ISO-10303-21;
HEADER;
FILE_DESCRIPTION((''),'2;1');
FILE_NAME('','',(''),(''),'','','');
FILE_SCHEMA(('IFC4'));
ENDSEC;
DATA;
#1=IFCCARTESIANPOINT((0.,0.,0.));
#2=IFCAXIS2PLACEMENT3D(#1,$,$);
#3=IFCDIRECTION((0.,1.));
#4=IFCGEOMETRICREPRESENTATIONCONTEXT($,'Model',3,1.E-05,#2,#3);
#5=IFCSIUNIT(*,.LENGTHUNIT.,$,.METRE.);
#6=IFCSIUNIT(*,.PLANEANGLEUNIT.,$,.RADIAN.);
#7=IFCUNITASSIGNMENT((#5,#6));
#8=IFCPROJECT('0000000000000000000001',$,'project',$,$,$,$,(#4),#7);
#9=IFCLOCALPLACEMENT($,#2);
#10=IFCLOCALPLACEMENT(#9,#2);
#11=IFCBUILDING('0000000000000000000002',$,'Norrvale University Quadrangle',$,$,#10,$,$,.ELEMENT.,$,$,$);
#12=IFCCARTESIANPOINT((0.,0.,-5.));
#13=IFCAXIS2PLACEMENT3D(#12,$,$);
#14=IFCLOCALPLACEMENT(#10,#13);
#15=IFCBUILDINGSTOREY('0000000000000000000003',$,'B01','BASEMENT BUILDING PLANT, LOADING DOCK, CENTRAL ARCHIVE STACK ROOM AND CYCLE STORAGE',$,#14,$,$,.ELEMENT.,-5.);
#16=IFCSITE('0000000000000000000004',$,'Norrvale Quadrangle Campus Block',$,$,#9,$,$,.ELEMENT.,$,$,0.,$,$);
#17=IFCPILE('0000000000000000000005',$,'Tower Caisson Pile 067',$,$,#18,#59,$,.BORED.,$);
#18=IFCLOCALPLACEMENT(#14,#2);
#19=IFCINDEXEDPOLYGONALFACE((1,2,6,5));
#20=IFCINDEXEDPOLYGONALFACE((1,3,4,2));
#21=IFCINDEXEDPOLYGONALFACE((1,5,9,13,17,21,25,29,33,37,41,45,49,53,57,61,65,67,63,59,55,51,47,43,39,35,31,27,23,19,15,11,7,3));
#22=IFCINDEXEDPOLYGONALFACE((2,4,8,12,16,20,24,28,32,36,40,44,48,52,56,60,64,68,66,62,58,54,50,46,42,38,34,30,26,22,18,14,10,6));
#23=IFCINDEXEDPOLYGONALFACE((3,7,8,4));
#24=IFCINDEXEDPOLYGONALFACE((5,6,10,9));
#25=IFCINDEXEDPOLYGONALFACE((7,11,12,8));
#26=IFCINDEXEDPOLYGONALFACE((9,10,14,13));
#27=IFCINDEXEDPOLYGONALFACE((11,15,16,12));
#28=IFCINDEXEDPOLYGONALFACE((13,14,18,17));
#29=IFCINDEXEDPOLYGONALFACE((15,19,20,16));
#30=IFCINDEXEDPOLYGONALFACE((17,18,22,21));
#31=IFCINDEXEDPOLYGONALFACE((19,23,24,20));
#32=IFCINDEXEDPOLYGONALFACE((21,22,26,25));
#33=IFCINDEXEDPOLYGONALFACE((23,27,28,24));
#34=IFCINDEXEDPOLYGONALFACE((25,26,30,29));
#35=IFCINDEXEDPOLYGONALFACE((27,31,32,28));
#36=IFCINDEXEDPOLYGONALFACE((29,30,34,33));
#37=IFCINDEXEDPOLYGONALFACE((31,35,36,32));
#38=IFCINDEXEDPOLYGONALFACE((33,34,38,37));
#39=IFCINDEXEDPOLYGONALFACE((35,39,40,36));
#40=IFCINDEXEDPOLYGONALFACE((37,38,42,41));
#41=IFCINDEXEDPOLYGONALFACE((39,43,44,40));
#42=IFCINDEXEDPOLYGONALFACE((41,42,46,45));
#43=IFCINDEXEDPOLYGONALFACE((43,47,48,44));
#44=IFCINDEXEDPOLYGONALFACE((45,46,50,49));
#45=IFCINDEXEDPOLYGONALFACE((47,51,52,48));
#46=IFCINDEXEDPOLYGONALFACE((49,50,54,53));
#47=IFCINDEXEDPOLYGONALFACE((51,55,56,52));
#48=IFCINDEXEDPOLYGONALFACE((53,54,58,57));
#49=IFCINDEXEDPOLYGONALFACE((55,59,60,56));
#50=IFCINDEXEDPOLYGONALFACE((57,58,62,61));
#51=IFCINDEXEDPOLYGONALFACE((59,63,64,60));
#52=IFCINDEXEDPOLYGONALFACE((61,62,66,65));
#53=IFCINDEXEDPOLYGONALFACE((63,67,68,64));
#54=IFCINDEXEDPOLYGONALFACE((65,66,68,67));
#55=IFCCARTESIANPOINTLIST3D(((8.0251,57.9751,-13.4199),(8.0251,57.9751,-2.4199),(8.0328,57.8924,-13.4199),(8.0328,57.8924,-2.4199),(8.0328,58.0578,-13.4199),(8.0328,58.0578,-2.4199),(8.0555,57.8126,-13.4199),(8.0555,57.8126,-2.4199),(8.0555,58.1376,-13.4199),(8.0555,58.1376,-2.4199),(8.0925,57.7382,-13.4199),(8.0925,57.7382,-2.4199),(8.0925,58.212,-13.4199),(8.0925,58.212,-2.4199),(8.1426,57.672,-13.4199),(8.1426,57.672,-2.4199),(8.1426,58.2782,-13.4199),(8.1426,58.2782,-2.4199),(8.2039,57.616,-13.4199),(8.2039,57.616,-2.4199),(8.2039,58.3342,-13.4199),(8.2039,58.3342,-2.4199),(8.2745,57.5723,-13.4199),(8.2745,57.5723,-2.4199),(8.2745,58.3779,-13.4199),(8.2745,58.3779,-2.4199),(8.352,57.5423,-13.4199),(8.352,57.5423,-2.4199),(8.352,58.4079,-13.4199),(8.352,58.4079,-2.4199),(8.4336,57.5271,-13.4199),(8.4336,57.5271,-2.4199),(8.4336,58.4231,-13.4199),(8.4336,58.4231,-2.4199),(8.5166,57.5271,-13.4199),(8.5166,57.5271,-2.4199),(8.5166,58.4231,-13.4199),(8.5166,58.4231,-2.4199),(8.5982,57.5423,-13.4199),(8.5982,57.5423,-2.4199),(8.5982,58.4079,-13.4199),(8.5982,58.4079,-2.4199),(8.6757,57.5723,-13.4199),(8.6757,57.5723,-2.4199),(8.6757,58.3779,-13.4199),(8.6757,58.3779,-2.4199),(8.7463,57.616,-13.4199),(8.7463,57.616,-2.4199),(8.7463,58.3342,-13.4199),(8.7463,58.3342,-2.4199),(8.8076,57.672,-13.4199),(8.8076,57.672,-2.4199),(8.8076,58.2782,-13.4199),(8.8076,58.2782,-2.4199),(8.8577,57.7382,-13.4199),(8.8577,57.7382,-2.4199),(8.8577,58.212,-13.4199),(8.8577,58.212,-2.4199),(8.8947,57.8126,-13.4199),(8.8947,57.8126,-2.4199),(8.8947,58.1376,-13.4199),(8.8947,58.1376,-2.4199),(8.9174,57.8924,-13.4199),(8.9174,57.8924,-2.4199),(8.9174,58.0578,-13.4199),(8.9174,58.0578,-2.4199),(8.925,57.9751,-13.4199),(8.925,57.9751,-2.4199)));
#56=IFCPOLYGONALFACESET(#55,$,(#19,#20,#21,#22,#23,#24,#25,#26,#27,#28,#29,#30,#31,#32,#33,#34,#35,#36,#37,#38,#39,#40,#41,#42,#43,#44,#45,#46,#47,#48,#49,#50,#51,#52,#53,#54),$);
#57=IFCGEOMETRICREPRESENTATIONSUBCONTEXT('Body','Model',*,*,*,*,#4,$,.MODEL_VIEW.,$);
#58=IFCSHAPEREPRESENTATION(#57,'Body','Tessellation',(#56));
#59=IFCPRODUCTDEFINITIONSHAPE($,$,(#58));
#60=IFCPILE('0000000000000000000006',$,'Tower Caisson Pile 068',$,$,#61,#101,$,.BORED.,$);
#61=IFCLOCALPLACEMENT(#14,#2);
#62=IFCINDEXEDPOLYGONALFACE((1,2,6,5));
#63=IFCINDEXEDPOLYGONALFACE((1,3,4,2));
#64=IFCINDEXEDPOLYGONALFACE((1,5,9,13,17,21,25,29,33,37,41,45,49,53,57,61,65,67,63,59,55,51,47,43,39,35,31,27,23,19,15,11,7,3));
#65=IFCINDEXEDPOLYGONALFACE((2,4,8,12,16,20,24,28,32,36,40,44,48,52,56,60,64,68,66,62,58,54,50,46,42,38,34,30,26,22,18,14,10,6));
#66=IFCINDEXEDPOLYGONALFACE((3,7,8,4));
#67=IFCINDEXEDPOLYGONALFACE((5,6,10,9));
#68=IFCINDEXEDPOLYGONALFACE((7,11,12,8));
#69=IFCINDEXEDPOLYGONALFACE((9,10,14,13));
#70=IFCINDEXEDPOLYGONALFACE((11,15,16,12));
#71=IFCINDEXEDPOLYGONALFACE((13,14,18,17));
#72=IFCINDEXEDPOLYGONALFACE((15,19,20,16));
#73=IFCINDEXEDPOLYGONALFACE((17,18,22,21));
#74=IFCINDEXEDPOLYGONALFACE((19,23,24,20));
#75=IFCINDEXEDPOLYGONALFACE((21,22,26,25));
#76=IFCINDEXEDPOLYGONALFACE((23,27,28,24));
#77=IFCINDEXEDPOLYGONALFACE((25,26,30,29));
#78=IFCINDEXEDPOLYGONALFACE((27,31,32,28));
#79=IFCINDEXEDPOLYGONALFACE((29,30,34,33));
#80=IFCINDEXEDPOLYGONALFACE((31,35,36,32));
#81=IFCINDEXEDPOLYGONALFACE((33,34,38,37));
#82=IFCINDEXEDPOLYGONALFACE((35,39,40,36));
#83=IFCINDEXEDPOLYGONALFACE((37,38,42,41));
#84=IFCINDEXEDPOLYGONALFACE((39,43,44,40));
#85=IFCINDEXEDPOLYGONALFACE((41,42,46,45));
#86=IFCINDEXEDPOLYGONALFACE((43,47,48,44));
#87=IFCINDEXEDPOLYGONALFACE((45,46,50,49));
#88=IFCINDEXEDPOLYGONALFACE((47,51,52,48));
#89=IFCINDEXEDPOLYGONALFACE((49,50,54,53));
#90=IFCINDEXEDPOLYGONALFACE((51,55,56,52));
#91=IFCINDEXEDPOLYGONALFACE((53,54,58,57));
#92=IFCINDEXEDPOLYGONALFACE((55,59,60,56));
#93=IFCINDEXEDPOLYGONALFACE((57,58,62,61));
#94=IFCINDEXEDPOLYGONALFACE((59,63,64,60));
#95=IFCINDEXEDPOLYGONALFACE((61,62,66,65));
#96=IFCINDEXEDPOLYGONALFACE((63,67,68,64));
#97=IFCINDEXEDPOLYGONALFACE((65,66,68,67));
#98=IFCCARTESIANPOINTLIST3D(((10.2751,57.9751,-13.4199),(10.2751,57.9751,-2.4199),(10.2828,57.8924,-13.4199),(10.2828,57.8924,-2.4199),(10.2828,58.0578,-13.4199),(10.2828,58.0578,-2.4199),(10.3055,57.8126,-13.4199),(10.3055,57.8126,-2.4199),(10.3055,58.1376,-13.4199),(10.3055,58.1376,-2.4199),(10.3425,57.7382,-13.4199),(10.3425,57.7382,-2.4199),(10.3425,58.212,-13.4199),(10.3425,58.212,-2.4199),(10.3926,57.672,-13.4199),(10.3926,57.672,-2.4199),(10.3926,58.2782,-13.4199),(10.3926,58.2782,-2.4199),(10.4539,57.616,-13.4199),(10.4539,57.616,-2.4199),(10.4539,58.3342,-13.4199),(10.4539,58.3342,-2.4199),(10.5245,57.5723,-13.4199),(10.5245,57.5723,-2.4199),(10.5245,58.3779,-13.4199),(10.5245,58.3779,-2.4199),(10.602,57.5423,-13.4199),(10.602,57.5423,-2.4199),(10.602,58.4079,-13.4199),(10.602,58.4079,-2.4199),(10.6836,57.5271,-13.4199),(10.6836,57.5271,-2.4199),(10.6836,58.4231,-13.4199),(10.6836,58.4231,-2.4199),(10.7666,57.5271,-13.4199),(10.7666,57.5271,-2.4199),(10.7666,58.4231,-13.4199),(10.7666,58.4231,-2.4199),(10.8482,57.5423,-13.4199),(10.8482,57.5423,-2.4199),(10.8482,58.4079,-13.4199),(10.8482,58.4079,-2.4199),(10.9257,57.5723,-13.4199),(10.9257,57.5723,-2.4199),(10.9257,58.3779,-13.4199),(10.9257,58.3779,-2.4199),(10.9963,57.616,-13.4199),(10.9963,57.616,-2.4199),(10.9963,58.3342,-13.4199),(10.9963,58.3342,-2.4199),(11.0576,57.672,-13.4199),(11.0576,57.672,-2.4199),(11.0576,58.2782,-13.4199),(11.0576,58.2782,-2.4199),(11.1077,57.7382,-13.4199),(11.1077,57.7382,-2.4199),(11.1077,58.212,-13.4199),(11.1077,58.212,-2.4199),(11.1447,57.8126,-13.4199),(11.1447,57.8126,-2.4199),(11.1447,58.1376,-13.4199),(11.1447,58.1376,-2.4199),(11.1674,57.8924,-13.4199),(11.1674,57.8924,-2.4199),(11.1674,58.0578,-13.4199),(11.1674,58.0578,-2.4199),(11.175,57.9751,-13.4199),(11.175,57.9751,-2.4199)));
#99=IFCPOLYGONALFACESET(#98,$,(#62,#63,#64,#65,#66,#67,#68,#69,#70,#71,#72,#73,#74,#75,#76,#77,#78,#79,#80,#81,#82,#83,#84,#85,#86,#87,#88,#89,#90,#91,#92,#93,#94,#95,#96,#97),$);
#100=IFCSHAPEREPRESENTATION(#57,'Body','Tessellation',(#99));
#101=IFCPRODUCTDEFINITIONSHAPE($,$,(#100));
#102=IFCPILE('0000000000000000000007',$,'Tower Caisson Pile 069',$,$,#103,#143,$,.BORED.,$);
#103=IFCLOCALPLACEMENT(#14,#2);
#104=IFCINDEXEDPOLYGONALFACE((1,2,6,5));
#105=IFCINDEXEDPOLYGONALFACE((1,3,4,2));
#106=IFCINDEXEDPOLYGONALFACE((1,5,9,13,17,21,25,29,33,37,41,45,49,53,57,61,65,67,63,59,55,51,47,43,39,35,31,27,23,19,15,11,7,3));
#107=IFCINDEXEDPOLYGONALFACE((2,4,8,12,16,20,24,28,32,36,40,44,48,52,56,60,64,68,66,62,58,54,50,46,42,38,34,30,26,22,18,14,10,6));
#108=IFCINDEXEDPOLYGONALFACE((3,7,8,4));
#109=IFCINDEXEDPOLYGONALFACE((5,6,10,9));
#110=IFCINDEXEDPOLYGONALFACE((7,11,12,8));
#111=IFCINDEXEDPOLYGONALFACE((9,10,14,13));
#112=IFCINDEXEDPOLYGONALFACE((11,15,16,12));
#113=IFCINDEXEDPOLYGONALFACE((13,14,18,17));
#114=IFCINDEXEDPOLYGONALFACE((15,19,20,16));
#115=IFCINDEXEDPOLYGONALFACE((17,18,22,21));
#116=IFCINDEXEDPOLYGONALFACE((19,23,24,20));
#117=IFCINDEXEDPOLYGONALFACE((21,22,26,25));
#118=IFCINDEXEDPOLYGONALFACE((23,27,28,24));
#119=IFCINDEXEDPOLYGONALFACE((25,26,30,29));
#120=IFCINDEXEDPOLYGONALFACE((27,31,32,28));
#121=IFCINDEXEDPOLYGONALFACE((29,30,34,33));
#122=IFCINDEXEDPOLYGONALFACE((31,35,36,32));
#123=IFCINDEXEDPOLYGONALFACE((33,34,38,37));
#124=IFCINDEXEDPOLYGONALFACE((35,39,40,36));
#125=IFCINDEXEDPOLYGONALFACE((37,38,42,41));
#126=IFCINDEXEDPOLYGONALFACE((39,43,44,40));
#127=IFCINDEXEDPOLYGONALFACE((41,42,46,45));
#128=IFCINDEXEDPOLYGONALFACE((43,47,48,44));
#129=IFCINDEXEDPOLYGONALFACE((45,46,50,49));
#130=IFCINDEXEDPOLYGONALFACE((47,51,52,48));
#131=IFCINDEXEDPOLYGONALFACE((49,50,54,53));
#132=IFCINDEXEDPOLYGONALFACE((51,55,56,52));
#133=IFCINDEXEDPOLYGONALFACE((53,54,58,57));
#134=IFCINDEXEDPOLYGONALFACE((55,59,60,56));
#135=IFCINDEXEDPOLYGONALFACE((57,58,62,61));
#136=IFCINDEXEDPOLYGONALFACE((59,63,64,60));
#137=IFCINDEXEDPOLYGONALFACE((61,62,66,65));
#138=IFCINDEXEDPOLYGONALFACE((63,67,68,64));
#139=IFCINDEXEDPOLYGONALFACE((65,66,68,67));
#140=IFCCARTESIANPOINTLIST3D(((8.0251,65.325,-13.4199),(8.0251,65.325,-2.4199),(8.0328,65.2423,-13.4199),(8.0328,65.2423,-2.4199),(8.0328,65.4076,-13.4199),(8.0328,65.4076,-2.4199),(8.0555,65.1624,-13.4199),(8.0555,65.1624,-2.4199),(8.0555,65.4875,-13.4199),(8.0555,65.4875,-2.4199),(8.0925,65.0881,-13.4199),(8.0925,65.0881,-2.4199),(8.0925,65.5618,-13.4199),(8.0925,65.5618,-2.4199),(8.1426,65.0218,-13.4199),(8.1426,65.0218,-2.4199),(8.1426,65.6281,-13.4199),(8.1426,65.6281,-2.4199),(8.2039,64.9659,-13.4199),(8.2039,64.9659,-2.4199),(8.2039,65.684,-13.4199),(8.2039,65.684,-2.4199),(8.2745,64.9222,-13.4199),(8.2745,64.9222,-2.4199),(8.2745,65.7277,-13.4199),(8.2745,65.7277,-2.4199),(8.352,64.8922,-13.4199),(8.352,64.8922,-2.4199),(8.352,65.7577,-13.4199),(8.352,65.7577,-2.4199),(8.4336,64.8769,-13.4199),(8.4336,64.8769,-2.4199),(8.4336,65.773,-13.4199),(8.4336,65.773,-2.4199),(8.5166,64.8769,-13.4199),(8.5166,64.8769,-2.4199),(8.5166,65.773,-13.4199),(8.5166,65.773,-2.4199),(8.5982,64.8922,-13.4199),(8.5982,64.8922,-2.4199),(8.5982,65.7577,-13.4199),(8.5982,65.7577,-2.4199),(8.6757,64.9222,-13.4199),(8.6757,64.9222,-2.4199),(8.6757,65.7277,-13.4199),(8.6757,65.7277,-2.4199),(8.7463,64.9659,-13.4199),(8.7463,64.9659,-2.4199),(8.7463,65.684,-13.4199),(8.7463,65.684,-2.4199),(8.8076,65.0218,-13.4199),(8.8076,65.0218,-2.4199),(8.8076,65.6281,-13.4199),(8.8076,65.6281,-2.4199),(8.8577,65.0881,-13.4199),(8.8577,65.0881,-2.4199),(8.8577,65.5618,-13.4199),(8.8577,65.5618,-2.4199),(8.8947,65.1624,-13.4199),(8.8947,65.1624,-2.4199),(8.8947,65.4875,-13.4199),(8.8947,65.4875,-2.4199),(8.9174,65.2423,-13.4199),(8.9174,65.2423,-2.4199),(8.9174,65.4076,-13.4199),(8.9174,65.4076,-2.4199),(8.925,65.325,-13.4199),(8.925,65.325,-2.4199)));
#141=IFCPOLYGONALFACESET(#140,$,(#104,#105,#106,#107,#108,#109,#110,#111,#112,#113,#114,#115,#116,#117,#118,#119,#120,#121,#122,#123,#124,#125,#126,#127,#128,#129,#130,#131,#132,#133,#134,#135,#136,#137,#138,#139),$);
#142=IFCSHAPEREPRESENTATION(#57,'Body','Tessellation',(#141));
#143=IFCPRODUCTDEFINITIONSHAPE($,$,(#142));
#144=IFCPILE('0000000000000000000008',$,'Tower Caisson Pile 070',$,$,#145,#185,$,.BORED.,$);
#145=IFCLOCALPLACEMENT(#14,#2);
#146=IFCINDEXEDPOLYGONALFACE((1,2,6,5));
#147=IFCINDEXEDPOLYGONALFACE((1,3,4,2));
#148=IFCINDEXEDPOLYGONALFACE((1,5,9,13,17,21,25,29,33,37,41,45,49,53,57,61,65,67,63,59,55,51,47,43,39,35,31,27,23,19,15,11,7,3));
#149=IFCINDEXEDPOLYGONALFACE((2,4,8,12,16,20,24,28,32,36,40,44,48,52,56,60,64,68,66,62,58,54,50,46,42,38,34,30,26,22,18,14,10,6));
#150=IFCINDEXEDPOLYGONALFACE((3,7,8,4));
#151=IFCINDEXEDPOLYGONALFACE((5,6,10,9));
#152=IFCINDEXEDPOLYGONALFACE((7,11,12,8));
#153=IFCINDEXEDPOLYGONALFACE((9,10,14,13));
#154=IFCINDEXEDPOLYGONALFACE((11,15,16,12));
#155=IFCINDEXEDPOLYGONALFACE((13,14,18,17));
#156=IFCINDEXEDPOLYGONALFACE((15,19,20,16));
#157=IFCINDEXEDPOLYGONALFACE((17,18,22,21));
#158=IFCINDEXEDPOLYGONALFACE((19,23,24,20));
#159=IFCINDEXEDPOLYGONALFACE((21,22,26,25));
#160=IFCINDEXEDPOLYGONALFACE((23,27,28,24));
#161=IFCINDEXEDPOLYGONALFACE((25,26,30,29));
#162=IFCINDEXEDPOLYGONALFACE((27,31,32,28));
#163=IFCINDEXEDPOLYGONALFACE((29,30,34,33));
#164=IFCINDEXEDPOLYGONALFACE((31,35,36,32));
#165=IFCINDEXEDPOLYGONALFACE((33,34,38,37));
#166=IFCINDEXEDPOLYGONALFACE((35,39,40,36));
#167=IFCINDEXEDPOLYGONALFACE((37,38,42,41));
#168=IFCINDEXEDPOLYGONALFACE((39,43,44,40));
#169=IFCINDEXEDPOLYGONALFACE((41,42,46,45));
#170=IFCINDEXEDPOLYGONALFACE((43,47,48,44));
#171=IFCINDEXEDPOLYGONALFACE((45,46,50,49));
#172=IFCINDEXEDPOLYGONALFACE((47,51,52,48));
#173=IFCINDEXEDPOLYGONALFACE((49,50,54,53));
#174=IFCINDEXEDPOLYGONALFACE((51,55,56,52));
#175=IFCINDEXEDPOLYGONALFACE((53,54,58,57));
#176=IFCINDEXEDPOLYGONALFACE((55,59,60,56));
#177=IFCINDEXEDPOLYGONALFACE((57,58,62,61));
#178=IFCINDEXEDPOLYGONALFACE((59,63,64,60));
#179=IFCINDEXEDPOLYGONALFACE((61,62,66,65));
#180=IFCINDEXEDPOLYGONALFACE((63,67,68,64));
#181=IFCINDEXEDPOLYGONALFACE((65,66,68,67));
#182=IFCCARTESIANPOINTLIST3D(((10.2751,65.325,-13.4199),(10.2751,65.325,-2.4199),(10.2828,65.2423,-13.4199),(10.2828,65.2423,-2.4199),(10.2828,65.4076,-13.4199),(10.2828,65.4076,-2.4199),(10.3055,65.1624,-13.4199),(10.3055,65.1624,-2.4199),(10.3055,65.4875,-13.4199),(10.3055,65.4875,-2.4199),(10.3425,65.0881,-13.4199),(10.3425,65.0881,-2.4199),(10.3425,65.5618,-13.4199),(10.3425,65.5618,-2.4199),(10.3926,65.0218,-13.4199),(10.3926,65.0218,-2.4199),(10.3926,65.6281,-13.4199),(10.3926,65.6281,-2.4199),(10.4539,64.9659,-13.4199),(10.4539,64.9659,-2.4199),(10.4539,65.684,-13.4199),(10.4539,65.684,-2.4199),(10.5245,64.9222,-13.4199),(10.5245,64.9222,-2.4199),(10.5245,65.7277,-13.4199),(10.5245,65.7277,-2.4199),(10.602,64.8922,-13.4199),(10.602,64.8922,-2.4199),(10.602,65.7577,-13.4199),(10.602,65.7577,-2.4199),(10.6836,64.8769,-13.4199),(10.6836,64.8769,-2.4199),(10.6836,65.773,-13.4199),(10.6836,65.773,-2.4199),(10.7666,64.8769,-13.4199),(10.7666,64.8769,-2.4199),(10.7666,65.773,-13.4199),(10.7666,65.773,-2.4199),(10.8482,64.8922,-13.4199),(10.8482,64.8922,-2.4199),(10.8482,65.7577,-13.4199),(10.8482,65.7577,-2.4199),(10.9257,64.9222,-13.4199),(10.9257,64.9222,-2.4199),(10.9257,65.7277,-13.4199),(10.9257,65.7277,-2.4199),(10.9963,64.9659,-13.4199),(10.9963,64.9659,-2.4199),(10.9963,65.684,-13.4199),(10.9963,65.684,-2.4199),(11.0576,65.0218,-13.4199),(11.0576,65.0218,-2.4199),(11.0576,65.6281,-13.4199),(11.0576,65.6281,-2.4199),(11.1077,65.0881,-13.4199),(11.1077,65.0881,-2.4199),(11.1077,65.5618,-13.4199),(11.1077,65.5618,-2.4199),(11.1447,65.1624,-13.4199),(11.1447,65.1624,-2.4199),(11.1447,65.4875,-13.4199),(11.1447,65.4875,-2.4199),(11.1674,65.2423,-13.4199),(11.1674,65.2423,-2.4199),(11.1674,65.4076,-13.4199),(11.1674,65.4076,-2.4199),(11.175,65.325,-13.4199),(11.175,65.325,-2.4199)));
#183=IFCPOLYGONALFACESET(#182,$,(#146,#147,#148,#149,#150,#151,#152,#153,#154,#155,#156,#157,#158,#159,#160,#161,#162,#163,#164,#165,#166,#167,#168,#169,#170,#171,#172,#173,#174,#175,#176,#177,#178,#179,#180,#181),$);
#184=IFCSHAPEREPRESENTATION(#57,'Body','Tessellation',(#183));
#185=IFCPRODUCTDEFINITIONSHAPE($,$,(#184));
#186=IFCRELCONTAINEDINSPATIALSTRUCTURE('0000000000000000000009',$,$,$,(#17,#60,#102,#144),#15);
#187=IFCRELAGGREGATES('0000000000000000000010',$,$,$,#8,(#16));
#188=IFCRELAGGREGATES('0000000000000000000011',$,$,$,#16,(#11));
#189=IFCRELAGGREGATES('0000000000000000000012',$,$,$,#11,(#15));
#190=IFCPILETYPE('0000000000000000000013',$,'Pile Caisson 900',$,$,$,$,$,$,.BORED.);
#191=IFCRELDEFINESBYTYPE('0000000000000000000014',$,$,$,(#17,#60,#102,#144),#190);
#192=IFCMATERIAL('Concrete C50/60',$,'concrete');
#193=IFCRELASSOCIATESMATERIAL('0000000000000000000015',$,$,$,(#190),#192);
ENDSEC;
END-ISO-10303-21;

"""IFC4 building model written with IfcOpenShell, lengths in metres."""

from ifc_helpers import new_model, si_unit, direction, frame, origin, origin_2d, place, context, subcontext, project, spatial, circle, extrude, material, material_profile, profile_set, type_object, element, save


model = new_model("IFC4")

# Units and contexts
model_context = context("Model", 3, precision=1e-05, world=origin(), true_north=direction((0.0, 1.0)))
body_context = subcontext(model_context, "Body", "Model", "MODEL_VIEW")
ifc_project = project(units=[si_unit("LENGTHUNIT", "METRE"), si_unit("PLANEANGLEUNIT", "RADIAN")], contexts=[model_context])

# Site, building, storey
site_placement = place(None, origin())
site = spatial("IfcSite", under=ifc_project, at=site_placement, Name="Norrvale Quadrangle Campus Block", CompositionType="ELEMENT", RefElevation=0.0)
building_placement = place(site_placement, origin())
building = spatial("IfcBuilding", under=site, at=building_placement, Name="Norrvale University Quadrangle", CompositionType="ELEMENT")
storey_placement = place(building_placement, frame((0.0, 0.0, -5.0)))
storey = spatial("IfcBuildingStorey", under=building, at=storey_placement, Name="B01", Description="BASEMENT BUILDING PLANT, LOADING DOCK, CENTRAL ARCHIVE STACK ROOM AND CYCLE STORAGE", CompositionType="ELEMENT", Elevation=-5.0)

# Shared definitions
ifc_material_1 = material(Name="Concrete C50/60", Category="concrete")

# Piles
ifc_material_profile_1 = material_profile(ifc_material_1, circle(Radius=0.45, at=origin_2d()), Name="Concrete C50/60")
ifc_profile_set_1 = profile_set([ifc_material_profile_1], Name="Concrete C50/60")
pile_type = type_object("IfcPileType", Name="Pile Caisson 900", PredefinedType="BORED", material=ifc_profile_set_1)
for number, where, z_axis, x_axis, name in (
    (1, (8.4751, 57.9751, -2.4199), (0.0, 0.0, -1.0), (1.0, 0.0, 0.0), "Tower Caisson Pile 067"),
    (2, (10.7251, 57.9751, -2.4199), (0.0, 0.0, -1.0), (1.0, 0.0, 0.0), "Tower Caisson Pile 068"),
    (3, (8.4751, 65.325, -2.4199), (0.0, 0.0, -1.0), (1.0, 0.0, 0.0), "Tower Caisson Pile 069"),
    (4, (10.7251, 65.325, -2.4199), (0.0, 0.0, -1.0), (1.0, 0.0, 0.0), "Tower Caisson Pile 070"),
):
    element("IfcPile", number, at=place(storey_placement, frame(where, z_axis=z_axis, x_axis=x_axis)), inside=storey, type_object=pile_type, Name=name, PredefinedType="BORED", context=body_context, shape_type="SweptSolid", body=[
        extrude(circle(Radius=0.45, at=origin_2d()), origin(), (0.0, 0.0, 1.0), 11.0),
    ])

save(model, "model.ifc")
